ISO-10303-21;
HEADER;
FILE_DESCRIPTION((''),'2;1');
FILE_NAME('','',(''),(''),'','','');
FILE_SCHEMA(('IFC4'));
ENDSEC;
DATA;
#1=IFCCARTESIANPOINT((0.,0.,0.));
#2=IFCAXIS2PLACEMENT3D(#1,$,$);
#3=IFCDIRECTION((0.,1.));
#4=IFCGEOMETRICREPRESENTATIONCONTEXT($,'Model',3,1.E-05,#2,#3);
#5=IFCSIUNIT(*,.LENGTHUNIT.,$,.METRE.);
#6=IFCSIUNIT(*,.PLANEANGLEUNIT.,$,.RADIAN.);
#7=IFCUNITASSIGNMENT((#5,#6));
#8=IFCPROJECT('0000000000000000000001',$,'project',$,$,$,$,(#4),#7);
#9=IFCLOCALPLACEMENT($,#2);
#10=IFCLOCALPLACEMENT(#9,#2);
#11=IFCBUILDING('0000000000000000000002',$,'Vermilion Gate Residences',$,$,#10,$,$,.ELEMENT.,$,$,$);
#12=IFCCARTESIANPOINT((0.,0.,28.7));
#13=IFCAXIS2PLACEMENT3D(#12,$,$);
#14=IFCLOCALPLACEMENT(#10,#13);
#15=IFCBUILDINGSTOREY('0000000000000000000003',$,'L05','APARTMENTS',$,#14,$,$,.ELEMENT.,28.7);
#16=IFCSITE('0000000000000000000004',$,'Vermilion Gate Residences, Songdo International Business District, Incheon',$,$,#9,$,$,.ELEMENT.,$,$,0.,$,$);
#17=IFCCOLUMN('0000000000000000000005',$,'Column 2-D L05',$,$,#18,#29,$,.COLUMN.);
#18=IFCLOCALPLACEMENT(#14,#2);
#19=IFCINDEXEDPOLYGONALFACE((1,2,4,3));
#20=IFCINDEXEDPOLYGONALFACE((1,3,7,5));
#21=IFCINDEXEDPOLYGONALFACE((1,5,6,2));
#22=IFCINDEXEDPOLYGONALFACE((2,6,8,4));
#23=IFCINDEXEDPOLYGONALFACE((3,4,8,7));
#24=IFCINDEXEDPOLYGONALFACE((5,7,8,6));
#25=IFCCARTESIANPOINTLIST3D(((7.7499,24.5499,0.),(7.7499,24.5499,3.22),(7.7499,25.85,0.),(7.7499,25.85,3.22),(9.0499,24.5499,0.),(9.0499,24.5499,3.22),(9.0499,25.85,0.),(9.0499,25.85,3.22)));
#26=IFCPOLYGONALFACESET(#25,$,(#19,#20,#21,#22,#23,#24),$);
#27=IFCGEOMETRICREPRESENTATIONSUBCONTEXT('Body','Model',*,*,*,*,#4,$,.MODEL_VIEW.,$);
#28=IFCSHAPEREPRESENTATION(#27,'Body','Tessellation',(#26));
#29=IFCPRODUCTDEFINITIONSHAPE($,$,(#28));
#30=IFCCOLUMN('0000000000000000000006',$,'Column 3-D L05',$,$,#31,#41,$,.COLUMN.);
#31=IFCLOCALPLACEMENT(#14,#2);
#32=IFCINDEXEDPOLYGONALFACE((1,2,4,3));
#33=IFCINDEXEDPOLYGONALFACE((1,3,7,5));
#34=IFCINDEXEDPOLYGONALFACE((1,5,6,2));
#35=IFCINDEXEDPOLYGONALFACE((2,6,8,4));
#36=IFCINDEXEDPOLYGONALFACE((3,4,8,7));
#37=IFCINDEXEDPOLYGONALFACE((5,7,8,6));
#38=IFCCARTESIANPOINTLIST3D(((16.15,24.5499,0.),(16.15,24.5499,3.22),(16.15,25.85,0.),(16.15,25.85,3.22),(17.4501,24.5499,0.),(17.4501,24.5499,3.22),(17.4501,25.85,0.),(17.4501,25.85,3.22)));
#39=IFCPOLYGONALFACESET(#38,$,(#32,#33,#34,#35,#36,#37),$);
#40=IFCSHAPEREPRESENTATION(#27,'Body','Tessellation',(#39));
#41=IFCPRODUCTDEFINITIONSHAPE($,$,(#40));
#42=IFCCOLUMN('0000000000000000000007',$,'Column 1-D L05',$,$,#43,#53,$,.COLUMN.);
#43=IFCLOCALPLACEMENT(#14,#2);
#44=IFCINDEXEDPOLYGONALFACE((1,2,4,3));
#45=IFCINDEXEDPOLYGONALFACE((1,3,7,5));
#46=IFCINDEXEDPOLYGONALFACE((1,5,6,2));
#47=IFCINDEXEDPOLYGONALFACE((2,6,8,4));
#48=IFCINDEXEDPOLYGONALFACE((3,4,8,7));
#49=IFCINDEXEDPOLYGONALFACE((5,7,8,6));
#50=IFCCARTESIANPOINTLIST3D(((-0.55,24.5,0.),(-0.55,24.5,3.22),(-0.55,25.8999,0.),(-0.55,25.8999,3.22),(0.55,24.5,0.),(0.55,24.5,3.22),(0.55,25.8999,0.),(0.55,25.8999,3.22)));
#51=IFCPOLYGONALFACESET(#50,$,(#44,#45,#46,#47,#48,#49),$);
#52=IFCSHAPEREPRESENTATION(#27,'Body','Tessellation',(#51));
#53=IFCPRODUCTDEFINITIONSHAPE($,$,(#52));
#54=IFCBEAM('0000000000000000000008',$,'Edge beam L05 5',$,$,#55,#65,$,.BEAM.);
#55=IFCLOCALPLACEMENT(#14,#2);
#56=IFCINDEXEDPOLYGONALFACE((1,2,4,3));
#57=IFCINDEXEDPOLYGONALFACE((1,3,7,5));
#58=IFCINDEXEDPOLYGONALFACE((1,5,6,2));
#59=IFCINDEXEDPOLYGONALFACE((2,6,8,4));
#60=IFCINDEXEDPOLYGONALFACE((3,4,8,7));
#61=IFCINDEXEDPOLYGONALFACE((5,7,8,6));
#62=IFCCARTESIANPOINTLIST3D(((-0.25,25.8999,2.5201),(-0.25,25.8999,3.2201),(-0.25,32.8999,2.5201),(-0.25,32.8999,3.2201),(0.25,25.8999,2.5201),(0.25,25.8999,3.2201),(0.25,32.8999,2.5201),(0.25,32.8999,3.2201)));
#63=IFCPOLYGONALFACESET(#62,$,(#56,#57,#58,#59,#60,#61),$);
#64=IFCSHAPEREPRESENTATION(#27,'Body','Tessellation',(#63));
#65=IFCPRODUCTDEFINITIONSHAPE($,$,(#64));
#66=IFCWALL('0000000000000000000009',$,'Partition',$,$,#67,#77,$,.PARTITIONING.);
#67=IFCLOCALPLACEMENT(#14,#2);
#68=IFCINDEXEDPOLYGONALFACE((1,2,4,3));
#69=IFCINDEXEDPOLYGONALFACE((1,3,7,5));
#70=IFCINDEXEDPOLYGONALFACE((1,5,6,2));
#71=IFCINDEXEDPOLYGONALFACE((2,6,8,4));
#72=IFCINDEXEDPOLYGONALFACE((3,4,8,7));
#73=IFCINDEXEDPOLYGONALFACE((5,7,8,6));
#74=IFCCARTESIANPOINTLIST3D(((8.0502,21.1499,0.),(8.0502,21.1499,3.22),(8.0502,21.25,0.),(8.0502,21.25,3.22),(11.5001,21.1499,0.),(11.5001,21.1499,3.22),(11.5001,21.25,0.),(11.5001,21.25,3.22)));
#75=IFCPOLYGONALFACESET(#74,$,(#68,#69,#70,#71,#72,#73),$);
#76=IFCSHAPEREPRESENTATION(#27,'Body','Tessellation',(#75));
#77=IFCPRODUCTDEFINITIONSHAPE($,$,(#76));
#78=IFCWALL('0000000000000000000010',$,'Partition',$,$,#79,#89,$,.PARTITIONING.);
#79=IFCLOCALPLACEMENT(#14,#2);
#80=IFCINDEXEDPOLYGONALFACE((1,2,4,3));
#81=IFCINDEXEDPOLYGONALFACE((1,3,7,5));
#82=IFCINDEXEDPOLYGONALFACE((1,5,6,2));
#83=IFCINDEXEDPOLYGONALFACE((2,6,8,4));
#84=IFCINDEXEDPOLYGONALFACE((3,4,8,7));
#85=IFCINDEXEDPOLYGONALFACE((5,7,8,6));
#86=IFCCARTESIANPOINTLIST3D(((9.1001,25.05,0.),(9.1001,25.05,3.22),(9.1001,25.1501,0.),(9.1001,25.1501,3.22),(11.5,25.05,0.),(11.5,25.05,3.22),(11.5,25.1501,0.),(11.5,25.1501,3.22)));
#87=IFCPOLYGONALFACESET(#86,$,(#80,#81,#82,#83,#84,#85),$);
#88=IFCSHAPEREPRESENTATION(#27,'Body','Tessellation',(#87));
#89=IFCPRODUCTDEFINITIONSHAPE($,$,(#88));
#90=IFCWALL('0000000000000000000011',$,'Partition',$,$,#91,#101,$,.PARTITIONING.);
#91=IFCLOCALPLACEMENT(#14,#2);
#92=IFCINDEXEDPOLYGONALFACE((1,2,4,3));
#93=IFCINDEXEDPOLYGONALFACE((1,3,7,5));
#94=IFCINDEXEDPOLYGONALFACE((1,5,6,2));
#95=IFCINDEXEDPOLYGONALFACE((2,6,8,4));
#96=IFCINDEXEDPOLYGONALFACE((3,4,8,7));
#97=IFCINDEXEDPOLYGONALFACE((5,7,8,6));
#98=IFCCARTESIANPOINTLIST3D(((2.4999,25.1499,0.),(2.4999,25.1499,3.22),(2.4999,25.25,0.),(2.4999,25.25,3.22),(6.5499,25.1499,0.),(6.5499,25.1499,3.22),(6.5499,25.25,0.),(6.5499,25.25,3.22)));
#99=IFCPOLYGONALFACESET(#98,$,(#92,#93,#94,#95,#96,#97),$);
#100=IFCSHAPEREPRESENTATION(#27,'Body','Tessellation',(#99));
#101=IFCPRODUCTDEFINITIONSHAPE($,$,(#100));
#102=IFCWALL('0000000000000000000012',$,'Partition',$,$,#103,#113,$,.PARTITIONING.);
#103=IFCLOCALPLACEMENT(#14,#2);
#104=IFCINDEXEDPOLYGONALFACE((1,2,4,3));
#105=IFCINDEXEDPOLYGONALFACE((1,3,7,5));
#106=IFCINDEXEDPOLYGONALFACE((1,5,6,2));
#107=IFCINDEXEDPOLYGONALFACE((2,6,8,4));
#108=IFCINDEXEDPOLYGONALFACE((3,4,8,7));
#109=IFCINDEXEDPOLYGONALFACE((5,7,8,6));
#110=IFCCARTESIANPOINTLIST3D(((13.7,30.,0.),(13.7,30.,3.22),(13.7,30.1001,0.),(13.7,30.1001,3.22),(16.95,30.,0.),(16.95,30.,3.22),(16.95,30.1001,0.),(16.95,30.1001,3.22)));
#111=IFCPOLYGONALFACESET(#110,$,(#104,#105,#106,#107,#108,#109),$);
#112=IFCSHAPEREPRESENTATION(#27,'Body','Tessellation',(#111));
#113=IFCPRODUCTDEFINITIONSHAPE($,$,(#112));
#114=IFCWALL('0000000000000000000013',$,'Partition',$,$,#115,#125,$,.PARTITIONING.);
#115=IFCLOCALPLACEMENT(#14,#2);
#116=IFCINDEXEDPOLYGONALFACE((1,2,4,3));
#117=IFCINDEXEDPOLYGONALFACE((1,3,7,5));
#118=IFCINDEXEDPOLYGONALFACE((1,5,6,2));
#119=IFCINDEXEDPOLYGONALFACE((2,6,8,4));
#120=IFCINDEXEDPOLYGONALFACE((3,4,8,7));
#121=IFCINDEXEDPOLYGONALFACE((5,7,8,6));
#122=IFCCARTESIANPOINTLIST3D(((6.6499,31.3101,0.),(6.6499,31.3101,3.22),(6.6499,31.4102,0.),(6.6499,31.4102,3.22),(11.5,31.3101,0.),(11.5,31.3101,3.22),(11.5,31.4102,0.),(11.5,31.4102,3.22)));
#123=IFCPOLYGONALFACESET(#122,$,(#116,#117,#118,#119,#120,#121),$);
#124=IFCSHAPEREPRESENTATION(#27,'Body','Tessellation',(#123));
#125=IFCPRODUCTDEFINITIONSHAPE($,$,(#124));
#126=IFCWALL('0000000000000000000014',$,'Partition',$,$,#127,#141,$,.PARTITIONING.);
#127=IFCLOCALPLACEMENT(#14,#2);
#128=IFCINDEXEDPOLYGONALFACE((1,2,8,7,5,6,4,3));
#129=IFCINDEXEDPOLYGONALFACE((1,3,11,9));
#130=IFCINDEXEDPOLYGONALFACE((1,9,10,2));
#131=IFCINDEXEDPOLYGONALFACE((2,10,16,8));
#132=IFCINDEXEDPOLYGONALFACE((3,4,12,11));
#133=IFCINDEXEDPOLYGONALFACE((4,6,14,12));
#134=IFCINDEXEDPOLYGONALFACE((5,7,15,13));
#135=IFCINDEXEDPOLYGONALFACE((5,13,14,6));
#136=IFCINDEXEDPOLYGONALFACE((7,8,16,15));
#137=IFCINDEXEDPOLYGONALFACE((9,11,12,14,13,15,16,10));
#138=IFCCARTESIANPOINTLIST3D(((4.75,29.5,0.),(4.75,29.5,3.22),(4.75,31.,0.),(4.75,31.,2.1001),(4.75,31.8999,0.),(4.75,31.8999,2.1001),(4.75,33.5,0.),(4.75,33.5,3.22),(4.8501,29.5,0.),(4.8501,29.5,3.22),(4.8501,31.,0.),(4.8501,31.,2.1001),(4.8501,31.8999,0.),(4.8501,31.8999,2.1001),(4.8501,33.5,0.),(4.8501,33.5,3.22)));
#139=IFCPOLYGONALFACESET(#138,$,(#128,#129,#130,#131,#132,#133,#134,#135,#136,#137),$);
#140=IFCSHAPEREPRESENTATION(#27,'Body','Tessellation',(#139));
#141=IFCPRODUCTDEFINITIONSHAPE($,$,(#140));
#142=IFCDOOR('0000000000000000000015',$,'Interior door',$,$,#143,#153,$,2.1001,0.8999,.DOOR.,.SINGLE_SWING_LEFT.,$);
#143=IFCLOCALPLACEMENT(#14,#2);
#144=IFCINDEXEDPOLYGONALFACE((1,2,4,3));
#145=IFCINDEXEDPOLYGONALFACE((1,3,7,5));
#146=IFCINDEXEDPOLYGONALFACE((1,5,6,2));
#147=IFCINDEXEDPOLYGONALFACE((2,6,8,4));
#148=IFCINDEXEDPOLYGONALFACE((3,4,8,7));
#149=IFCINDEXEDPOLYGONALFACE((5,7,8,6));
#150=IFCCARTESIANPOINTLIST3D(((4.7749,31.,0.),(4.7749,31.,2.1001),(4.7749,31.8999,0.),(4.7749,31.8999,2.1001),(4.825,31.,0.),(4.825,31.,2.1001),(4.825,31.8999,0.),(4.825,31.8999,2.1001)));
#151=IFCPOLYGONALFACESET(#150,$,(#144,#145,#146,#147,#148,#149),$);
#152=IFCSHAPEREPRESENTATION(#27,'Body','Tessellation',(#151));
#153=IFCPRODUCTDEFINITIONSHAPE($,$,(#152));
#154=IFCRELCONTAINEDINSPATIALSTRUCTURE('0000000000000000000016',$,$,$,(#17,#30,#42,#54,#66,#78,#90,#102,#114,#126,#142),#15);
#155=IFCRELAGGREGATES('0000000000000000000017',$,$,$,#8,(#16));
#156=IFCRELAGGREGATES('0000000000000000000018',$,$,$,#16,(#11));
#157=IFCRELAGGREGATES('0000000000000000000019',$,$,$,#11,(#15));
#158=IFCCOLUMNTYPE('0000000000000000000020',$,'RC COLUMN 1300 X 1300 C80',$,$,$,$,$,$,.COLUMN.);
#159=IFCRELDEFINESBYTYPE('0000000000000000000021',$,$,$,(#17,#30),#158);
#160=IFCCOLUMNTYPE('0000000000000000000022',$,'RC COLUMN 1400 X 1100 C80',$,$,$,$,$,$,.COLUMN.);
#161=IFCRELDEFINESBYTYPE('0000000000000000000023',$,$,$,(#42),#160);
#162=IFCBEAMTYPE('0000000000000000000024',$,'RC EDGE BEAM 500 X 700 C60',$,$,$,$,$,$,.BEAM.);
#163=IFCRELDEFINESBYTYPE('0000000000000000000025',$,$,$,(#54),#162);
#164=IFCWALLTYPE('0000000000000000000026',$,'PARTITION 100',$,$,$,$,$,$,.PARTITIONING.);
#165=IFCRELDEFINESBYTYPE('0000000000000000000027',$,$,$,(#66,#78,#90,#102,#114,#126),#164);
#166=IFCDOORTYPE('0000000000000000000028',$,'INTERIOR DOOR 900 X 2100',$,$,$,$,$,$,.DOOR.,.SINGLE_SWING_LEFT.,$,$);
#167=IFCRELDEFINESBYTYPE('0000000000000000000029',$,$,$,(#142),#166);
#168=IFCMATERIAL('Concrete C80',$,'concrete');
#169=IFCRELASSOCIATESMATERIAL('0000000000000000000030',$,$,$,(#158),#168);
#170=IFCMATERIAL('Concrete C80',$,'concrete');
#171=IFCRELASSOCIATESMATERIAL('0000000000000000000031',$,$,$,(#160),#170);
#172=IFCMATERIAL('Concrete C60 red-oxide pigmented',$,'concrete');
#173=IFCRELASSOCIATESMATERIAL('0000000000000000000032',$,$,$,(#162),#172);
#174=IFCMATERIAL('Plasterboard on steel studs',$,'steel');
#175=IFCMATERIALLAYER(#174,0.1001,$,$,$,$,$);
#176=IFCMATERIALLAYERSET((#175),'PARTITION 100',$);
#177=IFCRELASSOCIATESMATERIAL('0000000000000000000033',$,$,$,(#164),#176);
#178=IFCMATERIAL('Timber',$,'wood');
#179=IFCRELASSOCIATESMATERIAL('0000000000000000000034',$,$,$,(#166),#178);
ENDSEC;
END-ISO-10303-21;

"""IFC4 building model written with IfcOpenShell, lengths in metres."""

from ifc_helpers import new_model, si_unit, direction, frame, frame_2d, origin, origin_2d, place, context, subcontext, project, spatial, rectangle, extrude, material, layer, layer_set, material_profile, profile_set, type_object, element, fill, save


model = new_model("IFC4")

# Units and contexts
model_context = context("Model", 3, precision=1e-05, world=origin(), true_north=direction((0.0, 1.0)))
body_context = subcontext(model_context, "Body", "Model", "MODEL_VIEW")
ifc_project = project(units=[si_unit("LENGTHUNIT", "METRE"), si_unit("PLANEANGLEUNIT", "RADIAN")], contexts=[model_context])

# Site, building, storey
site_placement = place(None, origin())
site = spatial("IfcSite", under=ifc_project, at=site_placement, Name="Vermilion Gate Residences, Songdo International Business District, Incheon", CompositionType="ELEMENT", RefElevation=0.0)
building_placement = place(site_placement, origin())
building = spatial("IfcBuilding", under=site, at=building_placement, Name="Vermilion Gate Residences", CompositionType="ELEMENT")
storey_placement = place(building_placement, frame((0.0, 0.0, 28.7)))
storey = spatial("IfcBuildingStorey", under=building, at=storey_placement, Name="L05", Description="APARTMENTS", CompositionType="ELEMENT", Elevation=28.7)

# Columns
ifc_material_1 = material(Name="Concrete C80", Category="concrete")
ifc_material_profile_1 = material_profile(ifc_material_1, rectangle(XDim=1.3, YDim=1.3, at=origin_2d()), Name="RC-1300x1300")
ifc_profile_set_1 = profile_set([ifc_material_profile_1], Name="Concrete C80")
column_type_1 = type_object("IfcColumnType", Name="RC COLUMN 1300 X 1300 C80", PredefinedType="COLUMN", material=ifc_profile_set_1)
for number, where, z_axis, x_axis, name in (
    (1, (8.3999, 25.2, 0.0), (0.0, 0.0, 1.0), (1.0, 0.0, 0.0), "Column 2-D L05"),
    (2, (16.8, 25.2, 0.0), (0.0, 0.0, 1.0), (1.0, 0.0, 0.0), "Column 3-D L05"),
):
    element("IfcColumn", number, at=place(storey_placement, frame(where, z_axis=z_axis, x_axis=x_axis)), inside=storey, type_object=column_type_1, Name=name, PredefinedType="COLUMN", context=body_context, shape_type="SweptSolid", body=[
        extrude(rectangle(XDim=1.3, YDim=1.3, at=origin_2d()), origin(), (0.0, 0.0, 1.0), 3.22),
    ])
ifc_material_2 = material(Name="Concrete C80", Category="concrete")
ifc_material_profile_2 = material_profile(ifc_material_2, rectangle(XDim=1.3999, YDim=1.1001, at=origin_2d()), Name="RC-1400x1100")
ifc_profile_set_2 = profile_set([ifc_material_profile_2], Name="Concrete C80")
column_type_2 = type_object("IfcColumnType", Name="RC COLUMN 1400 X 1100 C80", PredefinedType="COLUMN", material=ifc_profile_set_2)
column_placement = place(storey_placement, frame((0.0, 25.2, 0.0), z_axis=(0.0, 0.0, 1.0), x_axis=(0.0, 1.0, 0.0)))
element("IfcColumn", 3, at=column_placement, inside=storey, type_object=column_type_2, Name="Column 1-D L05", PredefinedType="COLUMN", context=body_context, shape_type="SweptSolid", body=[
    extrude(rectangle(XDim=1.3999, YDim=1.1001, at=origin_2d()), origin(), (0.0, 0.0, 1.0), 3.22),
])

# Beam
ifc_material_3 = material(Name="Concrete C60 red-oxide pigmented", Category="concrete")
ifc_material_profile_3 = material_profile(ifc_material_3, rectangle(XDim=0.5, YDim=0.7, at=origin_2d()), Name="RC-500x700")
ifc_profile_set_3 = profile_set([ifc_material_profile_3], Name="Concrete C60 red-oxide pigmented")
beam_type = type_object("IfcBeamType", Name="RC EDGE BEAM 500 X 700 C60", PredefinedType="BEAM", material=ifc_profile_set_3)
beam_placement = place(storey_placement, frame((0.0, 25.8999, 2.8701), z_axis=(0.0, 1.0, 0.0), x_axis=(-1.0, 0.0, 0.0)))
element("IfcBeam", 4, at=beam_placement, inside=storey, type_object=beam_type, Name="Edge beam L05 5", PredefinedType="BEAM", context=body_context, shape_type="SweptSolid", body=[
    extrude(rectangle(XDim=0.5, YDim=0.7, at=origin_2d()), origin(), (0.0, 0.0, 1.0), 7.0),
])

# Walls
ifc_material_4 = material(Name="Plasterboard on steel studs", Category="steel")
ifc_layer_1 = layer(ifc_material_4, 0.1001)
ifc_layer_set_1 = layer_set([ifc_layer_1], Name="PARTITION 100")
wall_type_1 = type_object("IfcWallType", Name="PARTITION 100", PredefinedType="PARTITIONING", material=ifc_layer_set_1)
wall_1_placement = place(storey_placement, frame((8.05, 21.2, 0.0), z_axis=(0.0, 0.0, 1.0), x_axis=(1.0, 0.0, 0.0)))
element("IfcWall", 5, at=wall_1_placement, inside=storey, type_object=wall_type_1, Name="Partition", PredefinedType="PARTITIONING", context=body_context, shape_type="SweptSolid", body=[
    extrude(rectangle(XDim=3.45, YDim=0.1001, at=frame_2d((1.7251, 0.0))), origin(), (0.0, 0.0, 1.0), 3.22),
])
wall_2_placement = place(storey_placement, frame((9.1001, 25.1001, 0.0), z_axis=(0.0, 0.0, 1.0), x_axis=(1.0, 0.0, 0.0)))
element("IfcWall", 6, at=wall_2_placement, inside=storey, type_object=wall_type_1, Name="Partition", PredefinedType="PARTITIONING", context=body_context, shape_type="SweptSolid", body=[
    extrude(rectangle(XDim=2.3999, YDim=0.1001, at=frame_2d((1.2, 0.0))), origin(), (0.0, 0.0, 1.0), 3.22),
])
wall_3_placement = place(storey_placement, frame((2.5, 25.2, 0.0), z_axis=(0.0, 0.0, 1.0), x_axis=(1.0, 0.0, 0.0)))
element("IfcWall", 7, at=wall_3_placement, inside=storey, type_object=wall_type_1, Name="Partition", PredefinedType="PARTITIONING", context=body_context, shape_type="SweptSolid", body=[
    extrude(rectangle(XDim=4.05, YDim=0.1001, at=frame_2d((2.0249, 0.0))), origin(), (0.0, 0.0, 1.0), 3.22),
])
wall_4_placement = place(storey_placement, frame((13.7, 30.05, 0.0), z_axis=(0.0, 0.0, 1.0), x_axis=(1.0, 0.0, 0.0)))
element("IfcWall", 8, at=wall_4_placement, inside=storey, type_object=wall_type_1, Name="Partition", PredefinedType="PARTITIONING", context=body_context, shape_type="SweptSolid", body=[
    extrude(rectangle(XDim=3.25, YDim=0.1001, at=frame_2d((1.625, 0.0))), origin(), (0.0, 0.0, 1.0), 3.22),
])
wall_5_placement = place(storey_placement, frame((6.6499, 31.3601, 0.0), z_axis=(0.0, 0.0, 1.0), x_axis=(1.0, 0.0, 0.0)))
element("IfcWall", 9, at=wall_5_placement, inside=storey, type_object=wall_type_1, Name="Partition", PredefinedType="PARTITIONING", context=body_context, shape_type="SweptSolid", body=[
    extrude(rectangle(XDim=4.8501, YDim=0.1001, at=frame_2d((2.425, 0.0))), origin(), (0.0, 0.0, 1.0), 3.22),
])

# Wall, opening, door
wall_6_placement = place(storey_placement, frame((4.8, 29.5, 0.0), z_axis=(0.0, 0.0, 1.0), x_axis=(0.0, 1.0, 0.0)))
wall_6 = element("IfcWall", 10, at=wall_6_placement, inside=storey, type_object=wall_type_1, Name="Partition", PredefinedType="PARTITIONING", context=body_context, shape_type="SweptSolid", body=[
    extrude(rectangle(XDim=4.0, YDim=0.1001, at=frame_2d((2.0, 0.0))), origin(), (0.0, 0.0, 1.0), 3.22),
])
opening_1_placement = place(wall_6_placement, frame((1.5, 0.0, 0.0)))
opening_1 = element("IfcOpeningElement", 11, at=opening_1_placement, cuts=wall_6, PredefinedType="OPENING", context=body_context, shape_type="SweptSolid", body=[
    extrude(rectangle(XDim=0.8999, YDim=2.1001, at=frame_2d((0.45, 1.05))), frame((0.0, 0.0601, 0.0), z_axis=(0.0, -1.0, 0.0), x_axis=(1.0, 0.0, 0.0)), (0.0, 0.0, 1.0), 0.1201),
])
ifc_material_5 = material(Name="Timber", Category="wood")
door_type_1 = type_object("IfcDoorType", Name="INTERIOR DOOR 900 X 2100", OperationType="SINGLE_SWING_LEFT", PredefinedType="DOOR", material=ifc_material_5)
door_1_placement = place(opening_1_placement, frame((0.8999, 0.0, 0.0), z_axis=(0.0, 0.0, 1.0), x_axis=(-1.0, 0.0, 0.0)))
door_1 = element("IfcDoor", 12, at=door_1_placement, inside=storey, type_object=door_type_1, Name="Interior door", OperationType="SINGLE_SWING_LEFT", OverallHeight=2.1001, OverallWidth=0.8999, PredefinedType="DOOR", context=body_context, shape_type="SweptSolid", body=[
    extrude(rectangle(XDim=0.8999, YDim=2.1001, at=frame_2d((0.45, 1.05))), frame((0.0, 0.0249, 0.0), z_axis=(0.0, -1.0, 0.0), x_axis=(1.0, 0.0, 0.0)), (0.0, 0.0, 1.0), 0.05),
])
fill(opening_1, door_1)

save(model, "model.ifc")
